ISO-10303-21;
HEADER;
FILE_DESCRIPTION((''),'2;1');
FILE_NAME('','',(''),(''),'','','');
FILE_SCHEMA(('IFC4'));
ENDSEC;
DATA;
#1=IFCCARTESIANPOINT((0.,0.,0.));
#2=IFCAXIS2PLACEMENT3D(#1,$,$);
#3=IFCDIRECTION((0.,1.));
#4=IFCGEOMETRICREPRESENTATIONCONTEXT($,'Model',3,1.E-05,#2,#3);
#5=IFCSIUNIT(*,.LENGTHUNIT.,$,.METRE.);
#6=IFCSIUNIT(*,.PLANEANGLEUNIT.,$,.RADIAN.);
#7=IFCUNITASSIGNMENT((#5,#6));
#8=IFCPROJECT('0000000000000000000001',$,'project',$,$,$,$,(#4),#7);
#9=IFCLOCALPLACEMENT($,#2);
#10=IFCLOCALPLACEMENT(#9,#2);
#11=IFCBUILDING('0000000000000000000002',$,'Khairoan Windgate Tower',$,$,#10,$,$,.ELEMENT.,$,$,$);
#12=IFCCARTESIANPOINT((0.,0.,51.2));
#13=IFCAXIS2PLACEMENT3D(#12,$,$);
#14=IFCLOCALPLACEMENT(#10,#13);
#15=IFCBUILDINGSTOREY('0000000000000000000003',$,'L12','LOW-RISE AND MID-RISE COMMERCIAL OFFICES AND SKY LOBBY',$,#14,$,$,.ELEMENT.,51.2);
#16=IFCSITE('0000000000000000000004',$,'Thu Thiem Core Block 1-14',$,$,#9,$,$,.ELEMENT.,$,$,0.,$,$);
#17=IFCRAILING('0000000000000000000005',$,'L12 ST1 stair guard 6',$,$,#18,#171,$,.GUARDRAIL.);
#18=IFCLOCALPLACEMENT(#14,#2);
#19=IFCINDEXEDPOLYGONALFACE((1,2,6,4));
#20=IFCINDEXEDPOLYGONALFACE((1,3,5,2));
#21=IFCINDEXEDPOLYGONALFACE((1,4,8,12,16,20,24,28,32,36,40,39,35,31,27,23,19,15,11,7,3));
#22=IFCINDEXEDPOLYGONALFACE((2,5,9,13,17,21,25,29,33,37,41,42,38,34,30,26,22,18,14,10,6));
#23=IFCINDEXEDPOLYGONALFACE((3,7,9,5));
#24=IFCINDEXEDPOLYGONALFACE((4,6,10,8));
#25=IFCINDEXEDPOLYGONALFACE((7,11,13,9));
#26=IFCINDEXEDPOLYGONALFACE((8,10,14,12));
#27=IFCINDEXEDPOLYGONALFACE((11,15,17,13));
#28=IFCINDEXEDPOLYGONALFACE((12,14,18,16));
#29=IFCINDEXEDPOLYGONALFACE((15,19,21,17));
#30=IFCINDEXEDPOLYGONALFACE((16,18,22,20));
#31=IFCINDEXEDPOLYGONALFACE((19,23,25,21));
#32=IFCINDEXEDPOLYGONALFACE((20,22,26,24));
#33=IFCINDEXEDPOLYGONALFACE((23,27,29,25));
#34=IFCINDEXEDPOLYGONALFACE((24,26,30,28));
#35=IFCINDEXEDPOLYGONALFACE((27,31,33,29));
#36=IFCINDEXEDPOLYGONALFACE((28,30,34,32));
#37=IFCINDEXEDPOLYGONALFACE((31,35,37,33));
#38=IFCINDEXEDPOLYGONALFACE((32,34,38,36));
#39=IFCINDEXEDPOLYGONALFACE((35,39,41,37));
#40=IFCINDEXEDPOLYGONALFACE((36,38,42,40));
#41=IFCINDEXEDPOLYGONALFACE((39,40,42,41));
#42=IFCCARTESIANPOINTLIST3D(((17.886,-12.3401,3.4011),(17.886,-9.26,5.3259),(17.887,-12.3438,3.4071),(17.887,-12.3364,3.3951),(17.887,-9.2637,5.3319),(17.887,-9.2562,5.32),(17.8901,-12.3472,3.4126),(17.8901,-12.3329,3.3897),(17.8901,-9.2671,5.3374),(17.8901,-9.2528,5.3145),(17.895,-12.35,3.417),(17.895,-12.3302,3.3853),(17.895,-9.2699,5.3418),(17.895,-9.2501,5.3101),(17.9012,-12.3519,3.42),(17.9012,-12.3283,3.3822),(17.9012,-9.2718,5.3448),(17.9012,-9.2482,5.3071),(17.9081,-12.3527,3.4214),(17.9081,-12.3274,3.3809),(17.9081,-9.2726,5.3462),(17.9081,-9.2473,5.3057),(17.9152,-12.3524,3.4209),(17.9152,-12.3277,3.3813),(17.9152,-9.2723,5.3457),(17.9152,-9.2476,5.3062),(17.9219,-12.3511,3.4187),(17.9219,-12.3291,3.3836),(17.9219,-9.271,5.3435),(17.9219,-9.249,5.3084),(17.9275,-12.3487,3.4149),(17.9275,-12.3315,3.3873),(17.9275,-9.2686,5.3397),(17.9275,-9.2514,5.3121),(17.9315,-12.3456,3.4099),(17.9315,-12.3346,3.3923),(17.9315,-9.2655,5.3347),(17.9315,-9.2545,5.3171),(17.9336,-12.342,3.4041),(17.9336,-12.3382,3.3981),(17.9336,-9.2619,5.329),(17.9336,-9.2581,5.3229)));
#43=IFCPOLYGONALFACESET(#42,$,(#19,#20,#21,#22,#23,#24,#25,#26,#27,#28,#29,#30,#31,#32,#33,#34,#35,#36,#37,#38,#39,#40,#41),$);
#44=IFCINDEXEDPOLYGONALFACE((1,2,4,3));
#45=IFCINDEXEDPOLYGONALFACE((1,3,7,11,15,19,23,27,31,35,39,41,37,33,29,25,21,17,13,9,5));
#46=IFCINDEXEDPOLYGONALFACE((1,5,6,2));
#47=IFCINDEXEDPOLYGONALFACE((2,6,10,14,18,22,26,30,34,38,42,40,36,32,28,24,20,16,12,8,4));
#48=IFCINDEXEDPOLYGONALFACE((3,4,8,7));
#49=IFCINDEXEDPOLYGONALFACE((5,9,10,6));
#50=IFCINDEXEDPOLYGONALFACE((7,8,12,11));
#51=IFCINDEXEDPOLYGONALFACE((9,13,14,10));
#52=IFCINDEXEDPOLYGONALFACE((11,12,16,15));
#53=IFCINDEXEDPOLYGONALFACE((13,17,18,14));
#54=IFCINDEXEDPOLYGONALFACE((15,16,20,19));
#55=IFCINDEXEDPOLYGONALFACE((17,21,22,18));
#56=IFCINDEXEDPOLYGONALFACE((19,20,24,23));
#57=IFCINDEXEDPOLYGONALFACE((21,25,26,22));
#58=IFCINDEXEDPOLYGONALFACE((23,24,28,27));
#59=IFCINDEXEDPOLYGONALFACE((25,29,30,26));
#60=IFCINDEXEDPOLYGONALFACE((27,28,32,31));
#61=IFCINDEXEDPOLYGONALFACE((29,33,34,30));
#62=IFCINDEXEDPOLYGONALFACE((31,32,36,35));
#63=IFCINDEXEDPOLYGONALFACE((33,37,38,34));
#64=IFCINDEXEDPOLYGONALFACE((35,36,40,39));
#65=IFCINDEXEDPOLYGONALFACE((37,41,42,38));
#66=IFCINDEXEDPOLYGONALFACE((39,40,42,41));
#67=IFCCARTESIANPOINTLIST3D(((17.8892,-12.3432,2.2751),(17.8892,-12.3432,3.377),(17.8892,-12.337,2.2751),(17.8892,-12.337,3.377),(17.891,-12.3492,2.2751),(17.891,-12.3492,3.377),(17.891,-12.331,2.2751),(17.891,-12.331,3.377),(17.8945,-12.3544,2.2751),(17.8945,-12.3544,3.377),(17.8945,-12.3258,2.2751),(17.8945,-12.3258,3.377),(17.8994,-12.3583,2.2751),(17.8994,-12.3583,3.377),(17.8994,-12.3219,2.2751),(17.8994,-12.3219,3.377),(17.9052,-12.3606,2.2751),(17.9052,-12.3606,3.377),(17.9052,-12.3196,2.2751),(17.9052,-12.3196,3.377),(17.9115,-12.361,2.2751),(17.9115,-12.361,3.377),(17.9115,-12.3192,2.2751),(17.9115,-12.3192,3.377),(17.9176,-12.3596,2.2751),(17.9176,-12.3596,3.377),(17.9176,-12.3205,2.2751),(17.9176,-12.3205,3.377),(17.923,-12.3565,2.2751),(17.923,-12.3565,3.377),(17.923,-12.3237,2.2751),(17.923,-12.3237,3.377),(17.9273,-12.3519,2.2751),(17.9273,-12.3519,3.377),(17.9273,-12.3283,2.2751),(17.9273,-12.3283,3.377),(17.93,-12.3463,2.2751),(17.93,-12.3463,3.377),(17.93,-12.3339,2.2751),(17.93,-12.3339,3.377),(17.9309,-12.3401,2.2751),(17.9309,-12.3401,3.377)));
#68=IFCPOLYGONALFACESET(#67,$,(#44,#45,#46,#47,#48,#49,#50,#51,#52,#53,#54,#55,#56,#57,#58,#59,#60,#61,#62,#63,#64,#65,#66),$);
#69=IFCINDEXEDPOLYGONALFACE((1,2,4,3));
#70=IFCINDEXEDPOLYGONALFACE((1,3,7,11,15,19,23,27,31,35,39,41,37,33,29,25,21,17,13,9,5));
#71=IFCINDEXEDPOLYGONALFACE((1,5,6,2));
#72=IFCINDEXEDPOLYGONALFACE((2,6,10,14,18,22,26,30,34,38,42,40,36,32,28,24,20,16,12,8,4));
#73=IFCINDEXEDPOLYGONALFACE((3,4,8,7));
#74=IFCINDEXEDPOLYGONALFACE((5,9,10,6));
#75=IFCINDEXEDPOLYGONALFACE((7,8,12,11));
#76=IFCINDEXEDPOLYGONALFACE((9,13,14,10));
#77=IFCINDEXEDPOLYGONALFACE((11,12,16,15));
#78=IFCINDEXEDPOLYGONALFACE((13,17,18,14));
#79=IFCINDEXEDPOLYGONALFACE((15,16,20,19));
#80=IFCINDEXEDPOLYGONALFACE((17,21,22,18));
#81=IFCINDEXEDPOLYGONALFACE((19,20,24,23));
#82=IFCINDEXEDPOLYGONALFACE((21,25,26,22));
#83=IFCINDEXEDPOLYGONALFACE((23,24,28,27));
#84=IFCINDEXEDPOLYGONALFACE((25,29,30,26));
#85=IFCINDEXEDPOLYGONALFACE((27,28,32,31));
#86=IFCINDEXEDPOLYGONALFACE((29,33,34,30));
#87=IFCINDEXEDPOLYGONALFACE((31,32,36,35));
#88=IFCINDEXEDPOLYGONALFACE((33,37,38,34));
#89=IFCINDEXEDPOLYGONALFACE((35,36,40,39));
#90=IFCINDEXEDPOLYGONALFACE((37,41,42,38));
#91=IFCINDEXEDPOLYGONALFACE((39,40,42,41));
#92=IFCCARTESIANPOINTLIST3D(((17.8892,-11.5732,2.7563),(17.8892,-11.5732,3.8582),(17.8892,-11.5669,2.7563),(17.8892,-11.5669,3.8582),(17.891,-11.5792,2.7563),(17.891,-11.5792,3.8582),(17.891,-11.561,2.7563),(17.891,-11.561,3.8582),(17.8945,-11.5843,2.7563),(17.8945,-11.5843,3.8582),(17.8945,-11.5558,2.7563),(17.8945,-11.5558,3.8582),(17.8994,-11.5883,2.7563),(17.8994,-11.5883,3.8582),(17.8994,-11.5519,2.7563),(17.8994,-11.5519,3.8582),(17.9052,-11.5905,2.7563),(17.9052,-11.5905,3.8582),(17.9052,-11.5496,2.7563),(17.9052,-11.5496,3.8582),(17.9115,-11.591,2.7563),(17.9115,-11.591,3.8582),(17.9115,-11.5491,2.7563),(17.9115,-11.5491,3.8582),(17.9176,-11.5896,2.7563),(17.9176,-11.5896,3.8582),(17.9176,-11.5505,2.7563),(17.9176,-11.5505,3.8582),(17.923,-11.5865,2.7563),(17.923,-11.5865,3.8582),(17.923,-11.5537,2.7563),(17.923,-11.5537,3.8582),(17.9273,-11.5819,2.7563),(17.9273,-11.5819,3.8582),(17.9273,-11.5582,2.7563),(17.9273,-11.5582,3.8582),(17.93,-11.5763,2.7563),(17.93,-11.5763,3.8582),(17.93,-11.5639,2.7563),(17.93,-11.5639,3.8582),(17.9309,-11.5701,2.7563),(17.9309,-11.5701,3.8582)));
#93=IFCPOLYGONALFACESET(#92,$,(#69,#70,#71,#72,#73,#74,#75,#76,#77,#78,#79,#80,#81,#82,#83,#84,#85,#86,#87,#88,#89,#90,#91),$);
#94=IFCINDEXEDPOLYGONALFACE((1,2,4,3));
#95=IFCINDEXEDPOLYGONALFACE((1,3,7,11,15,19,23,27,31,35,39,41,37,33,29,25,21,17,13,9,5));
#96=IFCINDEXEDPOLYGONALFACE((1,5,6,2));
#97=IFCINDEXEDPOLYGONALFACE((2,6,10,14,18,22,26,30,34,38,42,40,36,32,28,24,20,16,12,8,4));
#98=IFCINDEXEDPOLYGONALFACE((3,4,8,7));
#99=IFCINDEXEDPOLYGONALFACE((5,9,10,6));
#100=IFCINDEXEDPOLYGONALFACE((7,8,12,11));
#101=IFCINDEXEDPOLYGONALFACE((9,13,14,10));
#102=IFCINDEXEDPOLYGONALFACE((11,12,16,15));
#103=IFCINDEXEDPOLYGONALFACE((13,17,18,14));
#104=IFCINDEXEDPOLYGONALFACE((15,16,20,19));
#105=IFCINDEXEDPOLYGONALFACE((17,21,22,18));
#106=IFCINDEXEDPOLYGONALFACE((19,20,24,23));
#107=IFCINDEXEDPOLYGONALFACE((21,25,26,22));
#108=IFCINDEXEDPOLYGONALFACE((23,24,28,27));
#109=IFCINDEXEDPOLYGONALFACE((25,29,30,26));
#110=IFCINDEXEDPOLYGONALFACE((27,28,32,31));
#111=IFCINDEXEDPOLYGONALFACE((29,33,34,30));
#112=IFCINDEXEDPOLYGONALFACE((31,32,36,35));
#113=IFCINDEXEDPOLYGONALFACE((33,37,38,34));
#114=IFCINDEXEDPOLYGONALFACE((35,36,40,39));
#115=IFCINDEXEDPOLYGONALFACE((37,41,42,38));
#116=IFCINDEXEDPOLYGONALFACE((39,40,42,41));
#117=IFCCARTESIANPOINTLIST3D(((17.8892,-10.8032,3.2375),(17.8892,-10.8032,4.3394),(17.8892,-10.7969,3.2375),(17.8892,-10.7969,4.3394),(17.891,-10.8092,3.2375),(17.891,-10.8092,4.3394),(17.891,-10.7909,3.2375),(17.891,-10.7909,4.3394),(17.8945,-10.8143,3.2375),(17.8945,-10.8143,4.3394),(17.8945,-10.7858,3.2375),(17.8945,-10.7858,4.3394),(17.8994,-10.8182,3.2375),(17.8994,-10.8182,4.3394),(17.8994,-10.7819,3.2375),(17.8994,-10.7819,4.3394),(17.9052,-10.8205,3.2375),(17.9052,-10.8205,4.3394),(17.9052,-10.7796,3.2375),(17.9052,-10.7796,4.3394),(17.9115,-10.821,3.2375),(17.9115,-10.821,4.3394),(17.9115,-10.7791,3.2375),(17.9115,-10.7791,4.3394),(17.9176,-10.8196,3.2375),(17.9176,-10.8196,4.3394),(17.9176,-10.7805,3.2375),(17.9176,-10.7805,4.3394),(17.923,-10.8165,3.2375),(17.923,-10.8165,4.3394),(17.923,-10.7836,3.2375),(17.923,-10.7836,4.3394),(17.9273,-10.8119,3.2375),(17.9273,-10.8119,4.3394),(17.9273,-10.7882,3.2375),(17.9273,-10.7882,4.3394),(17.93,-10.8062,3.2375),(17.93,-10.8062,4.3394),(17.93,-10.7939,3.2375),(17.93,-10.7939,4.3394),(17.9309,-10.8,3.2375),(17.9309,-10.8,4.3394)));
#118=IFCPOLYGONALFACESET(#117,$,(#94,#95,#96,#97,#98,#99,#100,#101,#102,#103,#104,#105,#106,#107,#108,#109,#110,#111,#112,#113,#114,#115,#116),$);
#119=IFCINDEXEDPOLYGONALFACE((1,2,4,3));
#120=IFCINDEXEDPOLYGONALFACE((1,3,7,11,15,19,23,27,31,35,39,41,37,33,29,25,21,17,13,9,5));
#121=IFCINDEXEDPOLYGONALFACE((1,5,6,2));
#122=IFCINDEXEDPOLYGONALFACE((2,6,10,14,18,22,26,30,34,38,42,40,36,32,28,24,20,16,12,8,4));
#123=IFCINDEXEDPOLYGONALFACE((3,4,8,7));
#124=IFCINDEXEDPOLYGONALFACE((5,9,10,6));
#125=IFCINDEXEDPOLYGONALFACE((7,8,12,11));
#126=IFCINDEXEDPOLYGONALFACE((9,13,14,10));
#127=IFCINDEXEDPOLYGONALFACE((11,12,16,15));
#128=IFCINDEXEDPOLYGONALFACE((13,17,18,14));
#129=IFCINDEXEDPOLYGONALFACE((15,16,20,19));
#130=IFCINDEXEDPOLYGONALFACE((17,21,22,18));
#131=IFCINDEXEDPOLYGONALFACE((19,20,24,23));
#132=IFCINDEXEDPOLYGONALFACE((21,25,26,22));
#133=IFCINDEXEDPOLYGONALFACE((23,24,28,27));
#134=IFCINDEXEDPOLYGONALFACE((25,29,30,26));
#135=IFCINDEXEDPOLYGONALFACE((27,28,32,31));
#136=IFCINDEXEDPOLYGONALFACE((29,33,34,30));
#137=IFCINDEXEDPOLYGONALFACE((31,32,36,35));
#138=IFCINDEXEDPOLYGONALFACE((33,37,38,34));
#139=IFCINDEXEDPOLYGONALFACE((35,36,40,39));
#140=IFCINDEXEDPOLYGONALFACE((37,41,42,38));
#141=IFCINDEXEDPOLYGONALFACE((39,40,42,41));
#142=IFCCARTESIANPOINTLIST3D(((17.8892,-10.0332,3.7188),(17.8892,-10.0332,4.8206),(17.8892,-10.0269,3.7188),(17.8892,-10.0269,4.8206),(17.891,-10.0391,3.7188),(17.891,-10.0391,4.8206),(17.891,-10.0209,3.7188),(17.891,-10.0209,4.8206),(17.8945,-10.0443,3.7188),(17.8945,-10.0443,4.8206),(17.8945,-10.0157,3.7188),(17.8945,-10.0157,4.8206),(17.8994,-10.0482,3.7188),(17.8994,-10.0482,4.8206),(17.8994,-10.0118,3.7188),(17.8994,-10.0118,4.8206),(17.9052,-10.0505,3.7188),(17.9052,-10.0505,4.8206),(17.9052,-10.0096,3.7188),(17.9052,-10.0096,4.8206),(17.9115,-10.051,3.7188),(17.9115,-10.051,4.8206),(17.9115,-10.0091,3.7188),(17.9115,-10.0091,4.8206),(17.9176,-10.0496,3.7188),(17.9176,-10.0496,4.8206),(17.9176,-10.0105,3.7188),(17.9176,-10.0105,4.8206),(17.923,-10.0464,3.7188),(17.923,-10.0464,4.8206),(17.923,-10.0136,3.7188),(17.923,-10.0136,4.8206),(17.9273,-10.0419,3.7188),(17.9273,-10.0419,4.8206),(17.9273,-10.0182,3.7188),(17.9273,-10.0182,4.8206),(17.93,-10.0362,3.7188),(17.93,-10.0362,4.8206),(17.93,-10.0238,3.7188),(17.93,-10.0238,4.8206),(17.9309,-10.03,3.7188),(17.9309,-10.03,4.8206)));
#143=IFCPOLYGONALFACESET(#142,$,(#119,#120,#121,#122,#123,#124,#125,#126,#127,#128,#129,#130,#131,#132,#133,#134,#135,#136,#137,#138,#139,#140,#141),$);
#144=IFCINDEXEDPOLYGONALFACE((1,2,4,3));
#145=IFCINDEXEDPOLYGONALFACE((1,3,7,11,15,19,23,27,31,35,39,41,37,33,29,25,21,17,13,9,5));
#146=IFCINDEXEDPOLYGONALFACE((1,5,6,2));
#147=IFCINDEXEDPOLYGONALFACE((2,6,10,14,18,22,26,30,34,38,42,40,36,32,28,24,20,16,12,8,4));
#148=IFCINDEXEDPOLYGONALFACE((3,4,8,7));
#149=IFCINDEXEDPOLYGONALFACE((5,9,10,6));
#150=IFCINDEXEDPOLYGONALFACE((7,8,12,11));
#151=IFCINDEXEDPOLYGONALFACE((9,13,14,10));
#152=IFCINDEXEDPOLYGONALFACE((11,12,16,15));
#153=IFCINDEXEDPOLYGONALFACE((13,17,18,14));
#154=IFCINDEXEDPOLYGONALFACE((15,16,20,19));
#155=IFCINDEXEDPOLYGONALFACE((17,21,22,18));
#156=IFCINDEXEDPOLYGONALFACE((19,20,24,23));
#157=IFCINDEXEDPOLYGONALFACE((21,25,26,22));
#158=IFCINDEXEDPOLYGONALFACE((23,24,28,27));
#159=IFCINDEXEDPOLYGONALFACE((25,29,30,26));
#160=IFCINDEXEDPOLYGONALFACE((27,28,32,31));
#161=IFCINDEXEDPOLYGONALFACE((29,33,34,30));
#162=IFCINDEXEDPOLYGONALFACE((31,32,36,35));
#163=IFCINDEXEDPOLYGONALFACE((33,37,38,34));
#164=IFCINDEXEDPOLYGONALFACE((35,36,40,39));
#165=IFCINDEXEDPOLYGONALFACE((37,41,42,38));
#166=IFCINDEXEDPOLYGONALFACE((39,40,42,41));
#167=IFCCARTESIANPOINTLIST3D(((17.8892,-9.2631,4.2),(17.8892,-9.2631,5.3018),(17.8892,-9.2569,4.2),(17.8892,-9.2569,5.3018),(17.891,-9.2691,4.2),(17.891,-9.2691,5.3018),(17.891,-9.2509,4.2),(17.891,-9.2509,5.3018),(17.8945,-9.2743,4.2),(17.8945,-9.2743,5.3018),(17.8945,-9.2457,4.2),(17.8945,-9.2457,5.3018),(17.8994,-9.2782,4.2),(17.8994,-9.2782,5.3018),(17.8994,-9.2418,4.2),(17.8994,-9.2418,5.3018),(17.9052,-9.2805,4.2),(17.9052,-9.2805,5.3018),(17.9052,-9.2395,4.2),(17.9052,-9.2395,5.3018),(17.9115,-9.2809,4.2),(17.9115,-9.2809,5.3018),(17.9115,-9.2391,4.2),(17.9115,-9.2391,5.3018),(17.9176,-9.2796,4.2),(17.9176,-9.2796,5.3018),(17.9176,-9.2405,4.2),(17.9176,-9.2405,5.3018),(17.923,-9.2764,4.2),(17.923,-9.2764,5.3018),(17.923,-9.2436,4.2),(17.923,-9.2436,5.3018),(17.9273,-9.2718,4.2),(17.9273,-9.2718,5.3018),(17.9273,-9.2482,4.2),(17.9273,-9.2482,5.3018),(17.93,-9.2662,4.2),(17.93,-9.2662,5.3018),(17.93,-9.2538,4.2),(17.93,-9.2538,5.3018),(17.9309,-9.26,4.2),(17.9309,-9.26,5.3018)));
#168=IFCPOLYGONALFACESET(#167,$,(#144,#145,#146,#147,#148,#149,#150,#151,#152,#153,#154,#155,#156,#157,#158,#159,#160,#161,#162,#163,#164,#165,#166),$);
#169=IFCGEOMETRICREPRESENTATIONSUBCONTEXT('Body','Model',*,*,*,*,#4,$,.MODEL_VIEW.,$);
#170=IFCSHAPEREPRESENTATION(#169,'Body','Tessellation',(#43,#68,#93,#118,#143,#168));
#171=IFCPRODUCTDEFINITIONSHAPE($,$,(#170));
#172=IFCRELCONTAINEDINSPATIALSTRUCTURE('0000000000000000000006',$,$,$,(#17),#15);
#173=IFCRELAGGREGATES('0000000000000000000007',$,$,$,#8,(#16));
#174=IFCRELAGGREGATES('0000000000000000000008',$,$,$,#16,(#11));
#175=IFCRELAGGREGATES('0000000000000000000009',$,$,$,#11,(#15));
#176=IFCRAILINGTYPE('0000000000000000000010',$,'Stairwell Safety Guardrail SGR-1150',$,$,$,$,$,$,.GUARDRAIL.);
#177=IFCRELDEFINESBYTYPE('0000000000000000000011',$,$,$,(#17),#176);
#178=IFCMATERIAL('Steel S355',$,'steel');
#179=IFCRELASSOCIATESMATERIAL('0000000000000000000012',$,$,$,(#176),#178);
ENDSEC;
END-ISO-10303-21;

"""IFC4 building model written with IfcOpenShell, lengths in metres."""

from ifc_helpers import new_model, si_unit, direction, frame, origin, origin_2d, place, context, subcontext, project, spatial, circle, extrude, material, type_object, element, save


model = new_model("IFC4")

# Units and contexts
model_context = context("Model", 3, precision=1e-05, world=origin(), true_north=direction((0.0, 1.0)))
body_context = subcontext(model_context, "Body", "Model", "MODEL_VIEW")
ifc_project = project(units=[si_unit("LENGTHUNIT", "METRE"), si_unit("PLANEANGLEUNIT", "RADIAN")], contexts=[model_context])

# Site, building, storey
site_placement = place(None, origin())
site = spatial("IfcSite", under=ifc_project, at=site_placement, Name="Thu Thiem Core Block 1-14", CompositionType="ELEMENT", RefElevation=0.0)
building_placement = place(site_placement, origin())
building = spatial("IfcBuilding", under=site, at=building_placement, Name="Khairoan Windgate Tower", CompositionType="ELEMENT")
storey_placement = place(building_placement, frame((0.0, 0.0, 51.2)))
storey = spatial("IfcBuildingStorey", under=building, at=storey_placement, Name="L12", Description="LOW-RISE AND MID-RISE COMMERCIAL OFFICES AND SKY LOBBY", CompositionType="ELEMENT", Elevation=51.2)

# Railing
ifc_material_1 = material(Name="Steel S355", Category="steel")
railing_type = type_object("IfcRailingType", Name="Stairwell Safety Guardrail SGR-1150", PredefinedType="GUARDRAIL", material=ifc_material_1)
railing_1_placement = place(storey_placement, frame((17.9099, -12.3401, 2.2751)))
element("IfcRailing", 1, at=railing_1_placement, inside=storey, type_object=railing_type, Name="L12 ST1 stair guard 6", PredefinedType="GUARDRAIL", context=body_context, shape_type="SweptSolid", body=[
    extrude(circle(Radius=0.0239, at=origin_2d()), frame((0.0, 0.0, 1.126), z_axis=(0.0, 0.848029, 0.529951), x_axis=(-1.0, 0.0, 0.0)), (0.0, 0.0, 1.0), 3.6321),
    extrude(circle(Radius=0.021, at=origin_2d()), origin(), (0.0, 0.0, 1.0), 1.1018),
    extrude(circle(Radius=0.021, at=origin_2d()), frame((0.0, 0.77, 0.4812)), (0.0, 0.0, 1.0), 1.1018),
    extrude(circle(Radius=0.021, at=origin_2d()), frame((0.0, 1.54, 0.9624)), (0.0, 0.0, 1.0), 1.1018),
    extrude(circle(Radius=0.021, at=origin_2d()), frame((0.0, 2.3101, 1.4436)), (0.0, 0.0, 1.0), 1.1018),
    extrude(circle(Radius=0.021, at=origin_2d()), frame((0.0, 3.0801, 1.9248)), (0.0, 0.0, 1.0), 1.1018),
])

save(model, "model.ifc")
